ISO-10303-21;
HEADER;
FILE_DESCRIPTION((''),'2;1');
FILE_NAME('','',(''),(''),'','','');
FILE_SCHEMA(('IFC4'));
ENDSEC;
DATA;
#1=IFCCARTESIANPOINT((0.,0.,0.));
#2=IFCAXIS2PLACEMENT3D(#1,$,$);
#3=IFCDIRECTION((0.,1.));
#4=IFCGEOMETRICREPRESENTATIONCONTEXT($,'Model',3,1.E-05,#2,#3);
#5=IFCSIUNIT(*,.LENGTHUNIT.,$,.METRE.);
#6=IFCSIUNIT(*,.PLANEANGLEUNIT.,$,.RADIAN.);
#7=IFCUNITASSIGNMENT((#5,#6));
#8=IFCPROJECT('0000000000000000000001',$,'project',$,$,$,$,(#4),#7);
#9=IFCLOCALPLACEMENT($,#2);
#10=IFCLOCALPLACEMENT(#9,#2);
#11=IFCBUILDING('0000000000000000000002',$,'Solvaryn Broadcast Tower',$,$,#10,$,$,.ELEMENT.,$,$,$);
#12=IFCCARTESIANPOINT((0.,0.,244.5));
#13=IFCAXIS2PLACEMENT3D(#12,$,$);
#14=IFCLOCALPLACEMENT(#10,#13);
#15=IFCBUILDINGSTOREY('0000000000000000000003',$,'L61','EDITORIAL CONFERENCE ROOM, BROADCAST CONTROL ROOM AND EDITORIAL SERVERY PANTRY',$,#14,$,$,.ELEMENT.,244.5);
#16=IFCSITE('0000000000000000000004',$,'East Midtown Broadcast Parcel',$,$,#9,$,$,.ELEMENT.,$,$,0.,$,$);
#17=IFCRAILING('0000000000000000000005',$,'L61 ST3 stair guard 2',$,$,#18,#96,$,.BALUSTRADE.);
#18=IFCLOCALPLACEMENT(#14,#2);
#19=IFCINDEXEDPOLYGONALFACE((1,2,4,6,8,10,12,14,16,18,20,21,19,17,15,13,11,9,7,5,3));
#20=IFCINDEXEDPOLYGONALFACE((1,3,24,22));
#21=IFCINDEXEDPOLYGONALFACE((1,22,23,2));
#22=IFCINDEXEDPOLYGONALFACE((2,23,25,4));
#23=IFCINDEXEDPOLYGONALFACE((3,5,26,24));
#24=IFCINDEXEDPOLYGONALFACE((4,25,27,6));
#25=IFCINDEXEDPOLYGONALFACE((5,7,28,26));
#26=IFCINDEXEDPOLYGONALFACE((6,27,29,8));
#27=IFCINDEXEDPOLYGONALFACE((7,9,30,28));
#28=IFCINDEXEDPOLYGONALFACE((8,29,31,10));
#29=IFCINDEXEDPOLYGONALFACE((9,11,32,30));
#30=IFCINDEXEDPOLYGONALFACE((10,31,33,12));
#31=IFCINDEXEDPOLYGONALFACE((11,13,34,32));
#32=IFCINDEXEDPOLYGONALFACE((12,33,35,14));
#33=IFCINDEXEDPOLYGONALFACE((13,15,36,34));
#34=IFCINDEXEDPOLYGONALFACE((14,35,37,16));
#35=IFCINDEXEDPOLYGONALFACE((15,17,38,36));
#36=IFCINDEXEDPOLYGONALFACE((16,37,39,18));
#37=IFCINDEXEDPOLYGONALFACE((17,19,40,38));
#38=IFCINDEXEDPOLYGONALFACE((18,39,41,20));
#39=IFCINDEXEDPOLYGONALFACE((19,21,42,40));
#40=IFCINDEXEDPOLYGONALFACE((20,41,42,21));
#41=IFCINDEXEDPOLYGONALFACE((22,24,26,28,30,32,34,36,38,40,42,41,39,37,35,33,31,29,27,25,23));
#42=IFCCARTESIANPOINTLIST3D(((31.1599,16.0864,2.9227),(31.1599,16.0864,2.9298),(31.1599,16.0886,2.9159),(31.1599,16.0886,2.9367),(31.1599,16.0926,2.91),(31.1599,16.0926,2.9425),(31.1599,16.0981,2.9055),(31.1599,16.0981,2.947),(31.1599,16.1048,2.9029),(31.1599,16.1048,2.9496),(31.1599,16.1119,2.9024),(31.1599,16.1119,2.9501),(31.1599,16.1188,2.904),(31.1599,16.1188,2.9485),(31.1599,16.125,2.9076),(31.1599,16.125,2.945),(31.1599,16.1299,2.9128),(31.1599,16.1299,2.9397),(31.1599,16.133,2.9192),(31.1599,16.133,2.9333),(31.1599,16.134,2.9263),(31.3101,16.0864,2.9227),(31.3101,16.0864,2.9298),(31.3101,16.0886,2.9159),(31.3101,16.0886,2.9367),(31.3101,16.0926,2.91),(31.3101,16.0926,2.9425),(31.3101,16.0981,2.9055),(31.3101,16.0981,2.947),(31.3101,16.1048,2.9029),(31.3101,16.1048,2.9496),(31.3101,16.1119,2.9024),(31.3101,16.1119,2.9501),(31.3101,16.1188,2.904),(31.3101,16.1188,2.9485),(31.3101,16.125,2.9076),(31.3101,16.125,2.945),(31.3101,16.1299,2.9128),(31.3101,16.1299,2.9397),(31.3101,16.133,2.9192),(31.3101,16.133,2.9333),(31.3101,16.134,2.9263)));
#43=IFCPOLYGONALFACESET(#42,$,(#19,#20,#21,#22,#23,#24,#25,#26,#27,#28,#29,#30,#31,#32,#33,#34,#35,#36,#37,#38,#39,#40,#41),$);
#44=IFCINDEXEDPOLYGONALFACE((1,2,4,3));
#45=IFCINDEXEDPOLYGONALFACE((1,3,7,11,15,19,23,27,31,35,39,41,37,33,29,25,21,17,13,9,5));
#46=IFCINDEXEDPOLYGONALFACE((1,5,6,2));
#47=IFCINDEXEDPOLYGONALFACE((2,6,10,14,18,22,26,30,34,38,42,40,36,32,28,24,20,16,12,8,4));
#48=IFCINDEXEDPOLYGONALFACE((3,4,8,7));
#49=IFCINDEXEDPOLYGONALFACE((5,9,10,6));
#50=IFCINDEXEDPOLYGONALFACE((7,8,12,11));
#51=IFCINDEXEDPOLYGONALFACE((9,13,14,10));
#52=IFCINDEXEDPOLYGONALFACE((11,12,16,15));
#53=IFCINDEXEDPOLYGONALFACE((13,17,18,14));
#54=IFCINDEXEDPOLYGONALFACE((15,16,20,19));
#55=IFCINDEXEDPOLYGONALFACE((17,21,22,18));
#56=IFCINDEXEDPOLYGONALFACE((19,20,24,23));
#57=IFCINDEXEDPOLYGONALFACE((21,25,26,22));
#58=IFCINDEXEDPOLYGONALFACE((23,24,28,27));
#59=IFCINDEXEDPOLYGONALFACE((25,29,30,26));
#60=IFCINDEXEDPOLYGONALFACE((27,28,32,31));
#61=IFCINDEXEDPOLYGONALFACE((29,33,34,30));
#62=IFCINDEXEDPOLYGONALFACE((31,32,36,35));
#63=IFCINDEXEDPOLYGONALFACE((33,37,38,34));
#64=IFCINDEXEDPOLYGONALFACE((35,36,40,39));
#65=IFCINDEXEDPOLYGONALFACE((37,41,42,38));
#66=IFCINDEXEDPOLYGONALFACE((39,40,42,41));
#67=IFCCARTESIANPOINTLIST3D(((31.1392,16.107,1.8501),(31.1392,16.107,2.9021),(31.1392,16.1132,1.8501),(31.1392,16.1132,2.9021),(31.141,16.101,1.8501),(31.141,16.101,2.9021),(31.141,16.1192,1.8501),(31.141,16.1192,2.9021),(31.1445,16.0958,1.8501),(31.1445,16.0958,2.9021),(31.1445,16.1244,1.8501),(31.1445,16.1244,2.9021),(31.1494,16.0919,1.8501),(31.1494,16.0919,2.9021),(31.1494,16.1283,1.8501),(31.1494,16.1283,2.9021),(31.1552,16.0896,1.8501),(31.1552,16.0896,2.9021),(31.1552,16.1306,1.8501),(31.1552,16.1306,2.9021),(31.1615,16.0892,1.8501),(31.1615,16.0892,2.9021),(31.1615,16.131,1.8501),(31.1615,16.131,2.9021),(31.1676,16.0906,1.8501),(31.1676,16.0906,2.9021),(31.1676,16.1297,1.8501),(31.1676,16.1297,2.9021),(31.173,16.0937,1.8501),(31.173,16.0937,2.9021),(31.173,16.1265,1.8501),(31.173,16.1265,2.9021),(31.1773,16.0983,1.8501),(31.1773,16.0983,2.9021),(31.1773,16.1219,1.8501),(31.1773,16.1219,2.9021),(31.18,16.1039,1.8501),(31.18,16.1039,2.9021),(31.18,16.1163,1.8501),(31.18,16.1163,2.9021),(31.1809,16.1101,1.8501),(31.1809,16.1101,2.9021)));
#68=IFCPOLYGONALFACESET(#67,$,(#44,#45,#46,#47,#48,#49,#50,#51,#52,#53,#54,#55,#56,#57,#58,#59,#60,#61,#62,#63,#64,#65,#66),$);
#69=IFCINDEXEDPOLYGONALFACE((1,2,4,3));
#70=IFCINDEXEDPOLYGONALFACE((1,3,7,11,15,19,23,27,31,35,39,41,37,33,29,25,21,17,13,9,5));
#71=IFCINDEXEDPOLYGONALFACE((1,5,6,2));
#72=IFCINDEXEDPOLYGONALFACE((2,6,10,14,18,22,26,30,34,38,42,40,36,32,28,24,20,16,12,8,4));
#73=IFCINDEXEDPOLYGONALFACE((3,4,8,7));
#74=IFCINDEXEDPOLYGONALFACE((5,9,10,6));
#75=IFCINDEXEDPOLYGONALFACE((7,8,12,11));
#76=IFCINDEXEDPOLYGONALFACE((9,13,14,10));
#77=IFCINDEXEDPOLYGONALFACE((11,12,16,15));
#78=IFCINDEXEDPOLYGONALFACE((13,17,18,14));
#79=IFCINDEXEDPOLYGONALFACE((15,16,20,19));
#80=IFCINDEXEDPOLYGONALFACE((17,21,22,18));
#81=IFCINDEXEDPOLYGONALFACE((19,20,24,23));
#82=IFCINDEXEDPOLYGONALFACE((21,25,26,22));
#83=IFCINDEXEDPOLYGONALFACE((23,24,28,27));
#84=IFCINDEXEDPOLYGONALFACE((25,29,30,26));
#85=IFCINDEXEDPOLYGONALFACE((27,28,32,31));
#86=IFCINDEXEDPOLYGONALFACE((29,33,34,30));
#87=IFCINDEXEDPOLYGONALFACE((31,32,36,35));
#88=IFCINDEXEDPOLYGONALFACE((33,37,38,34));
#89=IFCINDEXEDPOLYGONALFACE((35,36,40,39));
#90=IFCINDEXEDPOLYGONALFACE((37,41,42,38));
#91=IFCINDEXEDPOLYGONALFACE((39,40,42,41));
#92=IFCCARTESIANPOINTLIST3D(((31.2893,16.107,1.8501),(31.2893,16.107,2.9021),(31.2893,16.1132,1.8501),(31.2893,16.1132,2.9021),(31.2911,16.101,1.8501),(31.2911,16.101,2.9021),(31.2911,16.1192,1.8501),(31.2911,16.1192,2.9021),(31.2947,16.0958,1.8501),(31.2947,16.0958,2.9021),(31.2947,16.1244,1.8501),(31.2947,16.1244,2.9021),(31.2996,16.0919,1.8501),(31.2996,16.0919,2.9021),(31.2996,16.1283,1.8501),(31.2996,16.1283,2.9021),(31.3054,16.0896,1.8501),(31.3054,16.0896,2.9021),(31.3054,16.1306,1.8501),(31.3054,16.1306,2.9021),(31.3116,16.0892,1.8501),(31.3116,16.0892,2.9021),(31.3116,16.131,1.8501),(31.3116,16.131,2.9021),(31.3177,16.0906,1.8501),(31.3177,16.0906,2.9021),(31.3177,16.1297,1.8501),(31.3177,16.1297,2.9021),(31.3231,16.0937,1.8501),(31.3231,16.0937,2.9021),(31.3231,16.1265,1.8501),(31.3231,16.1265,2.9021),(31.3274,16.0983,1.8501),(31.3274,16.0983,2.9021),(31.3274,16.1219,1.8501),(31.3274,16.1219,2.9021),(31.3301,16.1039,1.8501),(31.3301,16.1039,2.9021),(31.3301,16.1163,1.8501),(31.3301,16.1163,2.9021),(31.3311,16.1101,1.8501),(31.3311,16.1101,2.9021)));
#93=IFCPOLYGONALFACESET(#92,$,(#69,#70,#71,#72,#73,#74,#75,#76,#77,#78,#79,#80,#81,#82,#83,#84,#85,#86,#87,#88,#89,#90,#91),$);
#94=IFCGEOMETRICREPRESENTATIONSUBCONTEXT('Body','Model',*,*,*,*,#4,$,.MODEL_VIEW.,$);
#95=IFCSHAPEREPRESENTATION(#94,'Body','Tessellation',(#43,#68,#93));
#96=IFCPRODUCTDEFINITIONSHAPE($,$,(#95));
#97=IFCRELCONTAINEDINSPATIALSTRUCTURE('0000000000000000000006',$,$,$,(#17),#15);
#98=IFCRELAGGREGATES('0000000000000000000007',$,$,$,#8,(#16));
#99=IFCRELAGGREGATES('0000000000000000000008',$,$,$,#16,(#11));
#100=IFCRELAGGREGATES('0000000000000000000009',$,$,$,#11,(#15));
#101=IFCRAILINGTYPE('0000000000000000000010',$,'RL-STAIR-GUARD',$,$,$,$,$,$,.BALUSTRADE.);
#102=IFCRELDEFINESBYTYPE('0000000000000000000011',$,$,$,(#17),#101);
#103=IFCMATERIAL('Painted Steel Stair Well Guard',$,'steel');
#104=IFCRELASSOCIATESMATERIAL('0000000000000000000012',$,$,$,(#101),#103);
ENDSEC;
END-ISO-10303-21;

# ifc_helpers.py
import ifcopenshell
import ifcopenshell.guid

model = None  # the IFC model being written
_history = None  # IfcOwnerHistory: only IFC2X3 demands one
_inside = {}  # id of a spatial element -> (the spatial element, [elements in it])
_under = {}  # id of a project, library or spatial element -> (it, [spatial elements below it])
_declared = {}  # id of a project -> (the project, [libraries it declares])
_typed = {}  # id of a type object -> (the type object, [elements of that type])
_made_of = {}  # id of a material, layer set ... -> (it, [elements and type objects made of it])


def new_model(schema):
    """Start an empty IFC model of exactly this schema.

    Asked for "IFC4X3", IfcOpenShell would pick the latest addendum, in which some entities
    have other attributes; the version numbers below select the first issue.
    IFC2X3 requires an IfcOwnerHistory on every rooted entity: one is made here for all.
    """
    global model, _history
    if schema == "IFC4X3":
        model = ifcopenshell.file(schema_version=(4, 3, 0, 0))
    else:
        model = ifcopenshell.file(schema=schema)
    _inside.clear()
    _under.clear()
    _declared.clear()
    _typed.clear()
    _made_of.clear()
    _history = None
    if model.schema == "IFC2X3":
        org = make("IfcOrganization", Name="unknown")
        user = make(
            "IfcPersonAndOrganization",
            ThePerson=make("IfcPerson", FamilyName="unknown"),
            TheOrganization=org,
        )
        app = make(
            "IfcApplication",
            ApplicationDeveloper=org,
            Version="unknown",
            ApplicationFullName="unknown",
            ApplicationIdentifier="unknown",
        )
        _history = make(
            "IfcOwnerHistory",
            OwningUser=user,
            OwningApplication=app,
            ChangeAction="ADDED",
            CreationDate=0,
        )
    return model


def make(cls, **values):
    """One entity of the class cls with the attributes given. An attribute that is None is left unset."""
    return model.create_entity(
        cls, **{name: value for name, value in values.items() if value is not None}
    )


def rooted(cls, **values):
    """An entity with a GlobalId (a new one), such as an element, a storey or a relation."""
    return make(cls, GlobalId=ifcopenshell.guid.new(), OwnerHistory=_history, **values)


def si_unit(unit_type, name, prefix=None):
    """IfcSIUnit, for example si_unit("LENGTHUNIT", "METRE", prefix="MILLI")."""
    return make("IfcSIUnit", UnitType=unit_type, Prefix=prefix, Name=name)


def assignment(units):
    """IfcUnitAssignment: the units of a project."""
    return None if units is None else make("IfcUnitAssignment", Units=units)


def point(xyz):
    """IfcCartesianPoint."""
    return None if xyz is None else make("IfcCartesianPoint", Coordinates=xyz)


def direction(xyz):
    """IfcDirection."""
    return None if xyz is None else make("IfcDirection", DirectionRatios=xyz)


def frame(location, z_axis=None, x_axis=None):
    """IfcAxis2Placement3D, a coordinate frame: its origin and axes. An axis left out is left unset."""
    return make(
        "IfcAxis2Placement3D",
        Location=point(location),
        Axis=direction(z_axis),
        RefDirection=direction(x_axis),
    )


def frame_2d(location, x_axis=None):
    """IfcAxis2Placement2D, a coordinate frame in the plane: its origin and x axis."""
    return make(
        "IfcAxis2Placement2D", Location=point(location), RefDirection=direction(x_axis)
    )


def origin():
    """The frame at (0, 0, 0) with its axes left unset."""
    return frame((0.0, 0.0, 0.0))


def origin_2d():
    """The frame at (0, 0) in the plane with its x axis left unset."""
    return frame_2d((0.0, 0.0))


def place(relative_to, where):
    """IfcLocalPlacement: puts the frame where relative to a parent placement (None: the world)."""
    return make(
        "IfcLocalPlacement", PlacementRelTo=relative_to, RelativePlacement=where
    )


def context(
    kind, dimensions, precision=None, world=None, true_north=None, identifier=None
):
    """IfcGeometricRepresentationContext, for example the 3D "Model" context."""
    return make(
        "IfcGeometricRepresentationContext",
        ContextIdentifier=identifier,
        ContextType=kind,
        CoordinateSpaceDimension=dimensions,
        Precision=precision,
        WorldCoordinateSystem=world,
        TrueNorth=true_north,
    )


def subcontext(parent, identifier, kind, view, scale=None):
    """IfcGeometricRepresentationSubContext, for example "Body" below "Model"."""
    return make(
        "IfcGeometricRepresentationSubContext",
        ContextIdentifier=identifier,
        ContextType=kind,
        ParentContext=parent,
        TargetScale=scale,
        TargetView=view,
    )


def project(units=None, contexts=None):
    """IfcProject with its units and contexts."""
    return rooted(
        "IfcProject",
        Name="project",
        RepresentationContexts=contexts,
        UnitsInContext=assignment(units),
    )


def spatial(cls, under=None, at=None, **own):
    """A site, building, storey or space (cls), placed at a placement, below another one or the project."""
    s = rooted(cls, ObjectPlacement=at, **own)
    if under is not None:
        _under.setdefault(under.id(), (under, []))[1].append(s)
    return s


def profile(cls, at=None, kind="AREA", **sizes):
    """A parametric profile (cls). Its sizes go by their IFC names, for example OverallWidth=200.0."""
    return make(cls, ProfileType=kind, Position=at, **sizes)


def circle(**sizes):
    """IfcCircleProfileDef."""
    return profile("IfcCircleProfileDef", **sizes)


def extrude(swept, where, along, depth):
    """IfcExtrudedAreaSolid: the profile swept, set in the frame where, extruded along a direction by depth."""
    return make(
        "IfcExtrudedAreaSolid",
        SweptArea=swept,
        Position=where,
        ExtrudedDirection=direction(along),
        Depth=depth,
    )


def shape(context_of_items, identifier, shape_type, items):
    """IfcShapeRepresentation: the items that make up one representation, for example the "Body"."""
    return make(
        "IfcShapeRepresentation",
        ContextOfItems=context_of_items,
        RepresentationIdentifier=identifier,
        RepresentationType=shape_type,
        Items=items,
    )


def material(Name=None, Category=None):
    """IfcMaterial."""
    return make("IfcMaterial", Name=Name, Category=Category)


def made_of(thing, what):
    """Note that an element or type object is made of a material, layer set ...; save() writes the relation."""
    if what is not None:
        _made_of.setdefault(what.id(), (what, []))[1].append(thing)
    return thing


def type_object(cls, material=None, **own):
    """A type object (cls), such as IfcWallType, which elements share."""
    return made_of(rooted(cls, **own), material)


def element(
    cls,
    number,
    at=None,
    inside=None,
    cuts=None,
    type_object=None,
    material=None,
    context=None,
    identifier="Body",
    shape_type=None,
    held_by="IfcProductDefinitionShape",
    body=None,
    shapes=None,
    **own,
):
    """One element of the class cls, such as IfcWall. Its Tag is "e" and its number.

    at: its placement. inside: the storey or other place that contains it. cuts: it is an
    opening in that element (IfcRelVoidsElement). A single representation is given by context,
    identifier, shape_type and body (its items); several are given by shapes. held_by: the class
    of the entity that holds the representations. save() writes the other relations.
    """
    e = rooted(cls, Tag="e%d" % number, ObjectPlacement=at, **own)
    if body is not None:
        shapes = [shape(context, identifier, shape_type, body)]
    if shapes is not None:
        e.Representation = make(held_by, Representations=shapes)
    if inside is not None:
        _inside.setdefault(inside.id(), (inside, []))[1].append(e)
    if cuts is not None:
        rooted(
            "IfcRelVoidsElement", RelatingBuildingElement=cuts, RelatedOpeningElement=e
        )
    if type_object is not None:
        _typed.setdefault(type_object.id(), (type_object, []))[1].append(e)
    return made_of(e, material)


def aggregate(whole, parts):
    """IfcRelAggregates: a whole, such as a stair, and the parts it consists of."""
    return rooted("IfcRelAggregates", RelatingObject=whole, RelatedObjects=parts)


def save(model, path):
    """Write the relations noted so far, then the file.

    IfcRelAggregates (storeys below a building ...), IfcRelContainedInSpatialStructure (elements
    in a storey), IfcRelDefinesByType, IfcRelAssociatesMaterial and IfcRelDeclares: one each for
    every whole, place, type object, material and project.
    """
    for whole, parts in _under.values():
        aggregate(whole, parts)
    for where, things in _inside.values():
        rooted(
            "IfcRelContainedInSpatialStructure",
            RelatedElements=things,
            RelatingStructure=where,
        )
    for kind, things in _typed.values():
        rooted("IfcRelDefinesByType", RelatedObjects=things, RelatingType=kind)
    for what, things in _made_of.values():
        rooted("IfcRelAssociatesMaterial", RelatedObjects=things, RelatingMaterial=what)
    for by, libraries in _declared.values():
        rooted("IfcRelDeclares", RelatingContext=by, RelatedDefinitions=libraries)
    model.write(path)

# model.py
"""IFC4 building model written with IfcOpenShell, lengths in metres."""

from ifc_helpers import new_model, si_unit, direction, frame, origin, origin_2d, place, context, subcontext, project, spatial, circle, extrude, material, type_object, element, save


model = new_model("IFC4")

# Units and contexts
model_context = context("Model", 3, precision=1e-05, world=origin(), true_north=direction((0.0, 1.0)))
body_context = subcontext(model_context, "Body", "Model", "MODEL_VIEW")
ifc_project = project(units=[si_unit("LENGTHUNIT", "METRE"), si_unit("PLANEANGLEUNIT", "RADIAN")], contexts=[model_context])

# Site, building, storey
site_placement = place(None, origin())
site = spatial("IfcSite", under=ifc_project, at=site_placement, Name="East Midtown Broadcast Parcel", CompositionType="ELEMENT", RefElevation=0.0)
building_placement = place(site_placement, origin())
building = spatial("IfcBuilding", under=site, at=building_placement, Name="Solvaryn Broadcast Tower", CompositionType="ELEMENT")
storey_placement = place(building_placement, frame((0.0, 0.0, 244.5)))
storey = spatial("IfcBuildingStorey", under=building, at=storey_placement, Name="L61", Description="EDITORIAL CONFERENCE ROOM, BROADCAST CONTROL ROOM AND EDITORIAL SERVERY PANTRY", CompositionType="ELEMENT", Elevation=244.5)

# Railing
ifc_material_1 = material(Name="Painted Steel Stair Well Guard", Category="steel")
railing_type_1 = type_object("IfcRailingType", Name="RL-STAIR-GUARD", PredefinedType="BALUSTRADE", material=ifc_material_1)
railing_1_placement = place(storey_placement, frame((31.1599, 16.1101, 1.8501)))
element("IfcRailing", 1, at=railing_1_placement, inside=storey, type_object=railing_type_1, Name="L61 ST3 stair guard 2", PredefinedType="BALUSTRADE", context=body_context, shape_type="SweptSolid", body=[
    extrude(circle(Radius=0.0239, at=origin_2d()), frame((0.0, 0.0, 1.0762), z_axis=(1.0, 0.0, 0.0), x_axis=(0.0, 1.0, 0.0)), (0.0, 0.0, 1.0), 0.1501),
    extrude(circle(Radius=0.021, at=origin_2d()), origin(), (0.0, 0.0, 1.0), 1.052),
    extrude(circle(Radius=0.021, at=origin_2d()), frame((0.1501, 0.0, 0.0)), (0.0, 0.0, 1.0), 1.052),
])

save(model, "model.ifc")
